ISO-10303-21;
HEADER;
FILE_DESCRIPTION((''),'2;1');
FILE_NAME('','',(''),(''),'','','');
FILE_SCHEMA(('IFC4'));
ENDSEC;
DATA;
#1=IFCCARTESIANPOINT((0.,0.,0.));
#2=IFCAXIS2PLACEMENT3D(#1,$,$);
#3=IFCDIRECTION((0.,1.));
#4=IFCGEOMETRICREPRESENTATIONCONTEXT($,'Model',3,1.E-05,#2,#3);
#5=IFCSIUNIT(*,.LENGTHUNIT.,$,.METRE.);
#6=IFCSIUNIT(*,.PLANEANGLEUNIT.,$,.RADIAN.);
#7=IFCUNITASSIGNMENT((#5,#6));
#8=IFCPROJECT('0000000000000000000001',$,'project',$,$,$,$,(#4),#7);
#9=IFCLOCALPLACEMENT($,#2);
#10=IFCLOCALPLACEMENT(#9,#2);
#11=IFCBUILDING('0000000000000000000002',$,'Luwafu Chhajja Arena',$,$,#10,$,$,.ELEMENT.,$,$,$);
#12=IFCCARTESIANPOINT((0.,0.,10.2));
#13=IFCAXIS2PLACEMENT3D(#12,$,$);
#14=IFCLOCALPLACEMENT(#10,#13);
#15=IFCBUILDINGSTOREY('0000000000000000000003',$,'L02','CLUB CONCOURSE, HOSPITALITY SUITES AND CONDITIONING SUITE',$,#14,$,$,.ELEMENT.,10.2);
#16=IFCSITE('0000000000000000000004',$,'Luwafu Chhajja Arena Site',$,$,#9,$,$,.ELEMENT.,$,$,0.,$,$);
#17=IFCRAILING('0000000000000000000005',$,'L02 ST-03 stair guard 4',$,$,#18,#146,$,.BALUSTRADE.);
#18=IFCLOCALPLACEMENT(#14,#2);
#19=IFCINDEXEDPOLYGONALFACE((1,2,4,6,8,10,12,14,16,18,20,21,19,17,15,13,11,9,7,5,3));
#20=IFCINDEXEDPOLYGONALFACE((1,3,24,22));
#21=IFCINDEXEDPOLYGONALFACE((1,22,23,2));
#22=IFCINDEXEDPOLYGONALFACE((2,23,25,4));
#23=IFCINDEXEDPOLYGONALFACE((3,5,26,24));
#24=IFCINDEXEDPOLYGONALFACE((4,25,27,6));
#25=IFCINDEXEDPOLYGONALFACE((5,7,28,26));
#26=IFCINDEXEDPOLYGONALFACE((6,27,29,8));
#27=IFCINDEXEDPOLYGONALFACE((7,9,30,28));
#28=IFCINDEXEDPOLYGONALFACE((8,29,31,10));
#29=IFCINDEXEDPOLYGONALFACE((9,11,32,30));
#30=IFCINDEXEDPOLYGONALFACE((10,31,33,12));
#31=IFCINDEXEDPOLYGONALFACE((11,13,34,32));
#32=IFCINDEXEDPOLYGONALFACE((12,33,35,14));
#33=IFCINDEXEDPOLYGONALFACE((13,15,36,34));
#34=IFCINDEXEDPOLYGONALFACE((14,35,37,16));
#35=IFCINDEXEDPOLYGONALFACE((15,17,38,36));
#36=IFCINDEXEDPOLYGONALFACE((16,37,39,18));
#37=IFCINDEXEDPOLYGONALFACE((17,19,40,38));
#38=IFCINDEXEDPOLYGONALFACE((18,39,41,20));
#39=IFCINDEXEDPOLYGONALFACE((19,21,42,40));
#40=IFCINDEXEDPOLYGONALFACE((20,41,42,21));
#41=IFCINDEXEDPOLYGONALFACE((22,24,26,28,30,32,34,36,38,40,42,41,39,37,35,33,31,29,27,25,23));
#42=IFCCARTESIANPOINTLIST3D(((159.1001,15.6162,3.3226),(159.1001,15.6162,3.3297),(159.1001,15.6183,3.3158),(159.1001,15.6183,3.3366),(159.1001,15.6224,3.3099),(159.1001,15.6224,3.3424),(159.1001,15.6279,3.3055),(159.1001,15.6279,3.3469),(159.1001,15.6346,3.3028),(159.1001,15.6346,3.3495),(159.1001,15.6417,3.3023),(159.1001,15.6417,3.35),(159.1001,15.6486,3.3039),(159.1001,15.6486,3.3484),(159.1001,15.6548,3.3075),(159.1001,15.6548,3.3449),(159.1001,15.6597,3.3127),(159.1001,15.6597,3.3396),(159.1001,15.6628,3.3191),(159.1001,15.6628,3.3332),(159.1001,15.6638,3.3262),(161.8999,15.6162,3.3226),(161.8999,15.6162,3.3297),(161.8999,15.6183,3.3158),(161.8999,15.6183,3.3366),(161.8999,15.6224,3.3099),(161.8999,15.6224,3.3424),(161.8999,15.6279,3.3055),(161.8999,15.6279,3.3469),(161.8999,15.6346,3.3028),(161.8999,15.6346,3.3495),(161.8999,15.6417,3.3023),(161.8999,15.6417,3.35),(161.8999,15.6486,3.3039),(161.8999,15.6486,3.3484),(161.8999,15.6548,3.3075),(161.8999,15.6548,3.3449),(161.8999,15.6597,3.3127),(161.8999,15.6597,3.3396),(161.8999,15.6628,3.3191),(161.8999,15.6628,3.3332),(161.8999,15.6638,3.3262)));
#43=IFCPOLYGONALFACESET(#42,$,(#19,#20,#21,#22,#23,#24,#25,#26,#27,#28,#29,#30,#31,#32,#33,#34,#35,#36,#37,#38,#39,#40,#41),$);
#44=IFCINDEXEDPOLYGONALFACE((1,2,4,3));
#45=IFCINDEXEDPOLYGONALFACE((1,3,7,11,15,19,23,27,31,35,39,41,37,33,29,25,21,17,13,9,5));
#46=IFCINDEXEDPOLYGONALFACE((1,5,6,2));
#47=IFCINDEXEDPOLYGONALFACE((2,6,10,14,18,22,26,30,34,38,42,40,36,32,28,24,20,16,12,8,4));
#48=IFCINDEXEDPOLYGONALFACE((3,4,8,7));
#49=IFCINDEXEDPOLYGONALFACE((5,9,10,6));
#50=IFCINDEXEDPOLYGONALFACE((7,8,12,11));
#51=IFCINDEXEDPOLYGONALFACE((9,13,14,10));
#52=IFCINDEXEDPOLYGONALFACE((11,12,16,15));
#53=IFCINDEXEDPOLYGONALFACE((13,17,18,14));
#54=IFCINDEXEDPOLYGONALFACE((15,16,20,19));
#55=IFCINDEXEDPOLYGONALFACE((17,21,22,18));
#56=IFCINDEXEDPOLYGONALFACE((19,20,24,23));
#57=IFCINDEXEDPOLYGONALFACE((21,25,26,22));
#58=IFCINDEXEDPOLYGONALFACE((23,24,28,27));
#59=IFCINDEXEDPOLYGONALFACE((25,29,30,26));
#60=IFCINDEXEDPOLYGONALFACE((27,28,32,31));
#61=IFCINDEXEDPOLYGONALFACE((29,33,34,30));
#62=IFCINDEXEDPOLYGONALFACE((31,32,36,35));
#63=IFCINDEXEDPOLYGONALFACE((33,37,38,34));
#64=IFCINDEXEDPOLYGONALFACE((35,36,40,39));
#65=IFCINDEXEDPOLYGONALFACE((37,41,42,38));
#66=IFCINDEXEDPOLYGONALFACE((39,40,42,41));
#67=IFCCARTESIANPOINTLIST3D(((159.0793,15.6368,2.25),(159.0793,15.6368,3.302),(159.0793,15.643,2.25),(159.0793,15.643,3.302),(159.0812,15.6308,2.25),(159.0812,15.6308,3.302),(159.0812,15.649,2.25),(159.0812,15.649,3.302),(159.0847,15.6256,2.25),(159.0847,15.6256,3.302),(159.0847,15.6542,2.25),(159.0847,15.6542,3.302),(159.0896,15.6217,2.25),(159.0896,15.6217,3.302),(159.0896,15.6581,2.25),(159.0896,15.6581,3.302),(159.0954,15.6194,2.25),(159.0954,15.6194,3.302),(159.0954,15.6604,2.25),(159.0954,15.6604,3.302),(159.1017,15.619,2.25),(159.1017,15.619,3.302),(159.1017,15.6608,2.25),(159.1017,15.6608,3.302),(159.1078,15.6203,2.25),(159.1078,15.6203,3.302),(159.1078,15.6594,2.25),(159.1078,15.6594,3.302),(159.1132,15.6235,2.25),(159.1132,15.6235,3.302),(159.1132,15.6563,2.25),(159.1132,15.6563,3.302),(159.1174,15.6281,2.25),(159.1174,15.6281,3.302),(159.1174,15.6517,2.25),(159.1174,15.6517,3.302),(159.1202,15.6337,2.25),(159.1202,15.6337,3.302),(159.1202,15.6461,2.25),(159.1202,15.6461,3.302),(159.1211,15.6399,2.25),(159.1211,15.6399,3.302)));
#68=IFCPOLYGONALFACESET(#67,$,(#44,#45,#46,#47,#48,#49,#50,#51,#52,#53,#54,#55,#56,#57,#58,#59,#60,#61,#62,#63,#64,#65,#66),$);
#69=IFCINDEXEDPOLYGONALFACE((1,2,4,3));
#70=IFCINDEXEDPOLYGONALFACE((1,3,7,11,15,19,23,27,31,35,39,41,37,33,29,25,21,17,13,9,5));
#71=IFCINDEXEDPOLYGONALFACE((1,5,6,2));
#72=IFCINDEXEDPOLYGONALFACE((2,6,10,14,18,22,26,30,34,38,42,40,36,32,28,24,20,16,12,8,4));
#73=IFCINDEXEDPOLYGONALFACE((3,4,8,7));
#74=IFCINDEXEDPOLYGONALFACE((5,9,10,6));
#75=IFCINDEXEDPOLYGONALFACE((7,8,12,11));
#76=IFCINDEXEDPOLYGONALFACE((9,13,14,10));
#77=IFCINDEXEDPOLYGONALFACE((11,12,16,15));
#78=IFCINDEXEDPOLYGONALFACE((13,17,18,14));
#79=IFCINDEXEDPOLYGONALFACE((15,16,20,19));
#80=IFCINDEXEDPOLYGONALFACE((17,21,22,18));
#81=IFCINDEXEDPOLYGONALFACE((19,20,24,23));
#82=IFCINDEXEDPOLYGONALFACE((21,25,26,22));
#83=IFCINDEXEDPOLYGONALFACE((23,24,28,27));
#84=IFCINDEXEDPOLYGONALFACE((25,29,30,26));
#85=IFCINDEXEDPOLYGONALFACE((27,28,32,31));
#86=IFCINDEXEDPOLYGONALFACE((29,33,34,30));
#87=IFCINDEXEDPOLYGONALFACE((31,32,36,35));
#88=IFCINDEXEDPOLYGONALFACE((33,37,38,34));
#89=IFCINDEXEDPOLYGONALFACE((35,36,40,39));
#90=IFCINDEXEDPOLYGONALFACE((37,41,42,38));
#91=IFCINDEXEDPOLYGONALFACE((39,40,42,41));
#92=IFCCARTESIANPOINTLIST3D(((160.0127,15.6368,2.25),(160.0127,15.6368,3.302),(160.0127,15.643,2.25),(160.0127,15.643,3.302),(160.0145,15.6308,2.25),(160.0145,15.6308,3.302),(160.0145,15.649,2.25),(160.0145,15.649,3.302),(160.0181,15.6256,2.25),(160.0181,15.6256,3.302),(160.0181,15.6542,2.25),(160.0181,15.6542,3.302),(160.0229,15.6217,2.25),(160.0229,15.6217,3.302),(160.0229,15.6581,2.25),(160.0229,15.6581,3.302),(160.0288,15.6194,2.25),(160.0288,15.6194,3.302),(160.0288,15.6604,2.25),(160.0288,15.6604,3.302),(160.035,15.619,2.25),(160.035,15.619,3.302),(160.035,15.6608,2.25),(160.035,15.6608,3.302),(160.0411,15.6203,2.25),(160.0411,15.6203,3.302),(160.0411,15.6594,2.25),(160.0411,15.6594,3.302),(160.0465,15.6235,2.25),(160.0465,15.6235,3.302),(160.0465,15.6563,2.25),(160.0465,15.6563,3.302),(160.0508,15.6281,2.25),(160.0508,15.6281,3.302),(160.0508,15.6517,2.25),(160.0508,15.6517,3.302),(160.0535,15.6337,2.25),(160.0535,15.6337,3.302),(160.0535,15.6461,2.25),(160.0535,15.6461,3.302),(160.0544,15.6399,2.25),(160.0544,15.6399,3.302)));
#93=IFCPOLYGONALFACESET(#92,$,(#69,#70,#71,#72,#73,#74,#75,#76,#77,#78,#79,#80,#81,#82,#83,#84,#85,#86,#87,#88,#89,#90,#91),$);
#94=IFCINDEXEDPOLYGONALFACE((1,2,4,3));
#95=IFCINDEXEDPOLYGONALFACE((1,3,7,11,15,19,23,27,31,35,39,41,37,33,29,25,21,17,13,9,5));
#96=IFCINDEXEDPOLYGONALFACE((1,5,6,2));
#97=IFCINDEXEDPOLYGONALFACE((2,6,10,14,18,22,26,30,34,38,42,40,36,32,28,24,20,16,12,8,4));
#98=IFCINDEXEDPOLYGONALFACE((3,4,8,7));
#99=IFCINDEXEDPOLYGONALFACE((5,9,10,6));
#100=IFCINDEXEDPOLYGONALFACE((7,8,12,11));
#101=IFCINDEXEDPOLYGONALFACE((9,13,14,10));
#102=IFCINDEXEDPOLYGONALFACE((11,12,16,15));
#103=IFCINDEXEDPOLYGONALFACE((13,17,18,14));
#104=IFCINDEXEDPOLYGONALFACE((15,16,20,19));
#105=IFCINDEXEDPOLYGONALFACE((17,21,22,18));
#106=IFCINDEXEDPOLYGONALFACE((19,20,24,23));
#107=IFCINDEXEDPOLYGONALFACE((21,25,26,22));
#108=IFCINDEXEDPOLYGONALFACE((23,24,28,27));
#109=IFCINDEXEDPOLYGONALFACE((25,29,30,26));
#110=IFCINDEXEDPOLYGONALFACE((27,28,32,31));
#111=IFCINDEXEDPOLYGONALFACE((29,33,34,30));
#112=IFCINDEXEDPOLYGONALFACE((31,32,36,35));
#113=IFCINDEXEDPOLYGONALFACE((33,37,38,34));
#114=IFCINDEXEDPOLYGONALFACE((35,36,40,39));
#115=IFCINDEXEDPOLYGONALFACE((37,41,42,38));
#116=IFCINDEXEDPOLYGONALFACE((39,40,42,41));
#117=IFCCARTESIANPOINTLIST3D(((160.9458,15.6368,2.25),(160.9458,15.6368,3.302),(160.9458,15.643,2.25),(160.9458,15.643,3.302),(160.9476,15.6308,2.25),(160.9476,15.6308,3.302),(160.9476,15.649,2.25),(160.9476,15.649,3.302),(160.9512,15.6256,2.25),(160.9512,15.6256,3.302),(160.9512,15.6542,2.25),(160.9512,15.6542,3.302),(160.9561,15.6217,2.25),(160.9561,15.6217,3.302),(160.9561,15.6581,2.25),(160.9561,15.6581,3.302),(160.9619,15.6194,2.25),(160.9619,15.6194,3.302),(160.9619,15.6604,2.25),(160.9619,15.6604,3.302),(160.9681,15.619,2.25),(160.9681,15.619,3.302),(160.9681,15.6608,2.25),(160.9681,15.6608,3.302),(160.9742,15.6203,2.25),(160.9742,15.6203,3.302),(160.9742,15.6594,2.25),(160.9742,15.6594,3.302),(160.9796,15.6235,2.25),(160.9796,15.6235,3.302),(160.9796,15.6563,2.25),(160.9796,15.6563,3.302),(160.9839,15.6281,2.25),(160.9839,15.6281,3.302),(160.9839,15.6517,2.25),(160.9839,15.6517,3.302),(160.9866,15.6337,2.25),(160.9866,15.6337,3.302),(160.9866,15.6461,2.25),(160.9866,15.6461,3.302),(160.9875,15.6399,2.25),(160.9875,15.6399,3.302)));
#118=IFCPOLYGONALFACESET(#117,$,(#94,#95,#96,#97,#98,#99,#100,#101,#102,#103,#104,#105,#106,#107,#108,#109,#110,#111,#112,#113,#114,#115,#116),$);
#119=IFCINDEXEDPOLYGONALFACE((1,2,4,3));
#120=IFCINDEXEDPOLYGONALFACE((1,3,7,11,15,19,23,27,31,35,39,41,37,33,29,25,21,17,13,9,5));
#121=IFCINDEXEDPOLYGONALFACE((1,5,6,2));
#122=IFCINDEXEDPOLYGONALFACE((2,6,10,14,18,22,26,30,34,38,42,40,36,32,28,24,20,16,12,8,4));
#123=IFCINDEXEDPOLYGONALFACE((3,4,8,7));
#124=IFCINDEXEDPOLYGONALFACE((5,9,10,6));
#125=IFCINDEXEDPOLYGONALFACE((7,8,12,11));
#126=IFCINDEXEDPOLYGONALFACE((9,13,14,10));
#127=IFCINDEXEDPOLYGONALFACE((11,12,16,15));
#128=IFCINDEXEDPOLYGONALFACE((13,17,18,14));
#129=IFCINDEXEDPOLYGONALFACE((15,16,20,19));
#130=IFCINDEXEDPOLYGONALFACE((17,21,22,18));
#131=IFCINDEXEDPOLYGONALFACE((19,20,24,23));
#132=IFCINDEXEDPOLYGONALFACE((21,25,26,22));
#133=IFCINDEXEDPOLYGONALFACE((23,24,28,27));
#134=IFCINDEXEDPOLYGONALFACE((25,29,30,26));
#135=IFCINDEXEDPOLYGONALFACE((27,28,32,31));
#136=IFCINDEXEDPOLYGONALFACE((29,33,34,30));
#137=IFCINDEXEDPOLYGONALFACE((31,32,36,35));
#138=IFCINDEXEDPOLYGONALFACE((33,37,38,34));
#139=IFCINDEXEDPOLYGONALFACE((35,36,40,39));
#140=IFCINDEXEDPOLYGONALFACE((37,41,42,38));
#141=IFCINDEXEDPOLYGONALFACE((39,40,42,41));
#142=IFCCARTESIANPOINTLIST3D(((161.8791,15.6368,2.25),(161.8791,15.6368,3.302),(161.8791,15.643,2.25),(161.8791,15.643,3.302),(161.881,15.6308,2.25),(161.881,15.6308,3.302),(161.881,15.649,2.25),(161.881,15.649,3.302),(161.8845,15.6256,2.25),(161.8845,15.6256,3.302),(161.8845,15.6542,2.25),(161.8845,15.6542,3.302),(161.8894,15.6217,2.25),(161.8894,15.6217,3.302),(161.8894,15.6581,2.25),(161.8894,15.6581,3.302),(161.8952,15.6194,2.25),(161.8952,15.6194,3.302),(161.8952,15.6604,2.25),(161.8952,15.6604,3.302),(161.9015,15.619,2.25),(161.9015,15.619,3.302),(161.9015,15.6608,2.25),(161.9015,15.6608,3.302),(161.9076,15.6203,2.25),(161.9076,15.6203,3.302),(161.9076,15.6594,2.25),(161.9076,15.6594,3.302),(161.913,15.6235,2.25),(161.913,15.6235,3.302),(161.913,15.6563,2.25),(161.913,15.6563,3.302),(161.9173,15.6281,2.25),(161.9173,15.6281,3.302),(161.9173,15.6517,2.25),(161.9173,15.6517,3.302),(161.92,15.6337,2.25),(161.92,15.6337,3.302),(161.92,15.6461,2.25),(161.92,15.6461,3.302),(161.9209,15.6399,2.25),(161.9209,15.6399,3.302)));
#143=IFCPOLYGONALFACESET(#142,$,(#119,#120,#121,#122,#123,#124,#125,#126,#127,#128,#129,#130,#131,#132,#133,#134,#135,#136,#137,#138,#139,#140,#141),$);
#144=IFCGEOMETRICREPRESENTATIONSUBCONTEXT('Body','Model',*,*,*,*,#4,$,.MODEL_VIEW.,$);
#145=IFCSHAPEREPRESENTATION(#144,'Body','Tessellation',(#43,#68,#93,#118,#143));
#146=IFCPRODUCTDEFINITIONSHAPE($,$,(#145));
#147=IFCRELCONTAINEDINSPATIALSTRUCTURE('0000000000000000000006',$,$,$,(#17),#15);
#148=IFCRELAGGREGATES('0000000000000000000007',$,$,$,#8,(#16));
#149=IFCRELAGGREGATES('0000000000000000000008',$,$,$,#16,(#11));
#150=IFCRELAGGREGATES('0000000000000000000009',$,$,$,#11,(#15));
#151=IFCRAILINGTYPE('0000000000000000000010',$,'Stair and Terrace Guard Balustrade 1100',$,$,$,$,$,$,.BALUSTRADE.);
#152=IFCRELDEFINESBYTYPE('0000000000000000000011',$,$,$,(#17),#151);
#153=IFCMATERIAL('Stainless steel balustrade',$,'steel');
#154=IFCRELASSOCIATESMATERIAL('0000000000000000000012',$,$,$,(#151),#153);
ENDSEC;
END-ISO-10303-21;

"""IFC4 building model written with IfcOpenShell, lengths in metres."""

from ifc_helpers import new_model, si_unit, direction, frame, origin, origin_2d, place, context, subcontext, project, spatial, circle, extrude, material, type_object, element, save


model = new_model("IFC4")

# Units and contexts
model_context = context("Model", 3, precision=1e-05, world=origin(), true_north=direction((0.0, 1.0)))
body_context = subcontext(model_context, "Body", "Model", "MODEL_VIEW")
ifc_project = project(units=[si_unit("LENGTHUNIT", "METRE"), si_unit("PLANEANGLEUNIT", "RADIAN")], contexts=[model_context])

# Site, building, storey
site_placement = place(None, origin())
site = spatial("IfcSite", under=ifc_project, at=site_placement, Name="Luwafu Chhajja Arena Site", CompositionType="ELEMENT", RefElevation=0.0)
building_placement = place(site_placement, origin())
building = spatial("IfcBuilding", under=site, at=building_placement, Name="Luwafu Chhajja Arena", CompositionType="ELEMENT")
storey_placement = place(building_placement, frame((0.0, 0.0, 10.2)))
storey = spatial("IfcBuildingStorey", under=building, at=storey_placement, Name="L02", Description="CLUB CONCOURSE, HOSPITALITY SUITES AND CONDITIONING SUITE", CompositionType="ELEMENT", Elevation=10.2)

# Railing
ifc_material_1 = material(Name="Stainless steel balustrade", Category="steel")
railing_type_1 = type_object("IfcRailingType", Name="Stair and Terrace Guard Balustrade 1100", PredefinedType="BALUSTRADE", material=ifc_material_1)
for number, where, name in (
    (1, (159.1001, 15.6399, 2.25), "L02 ST-03 stair guard 4"),
):
    element("IfcRailing", number, at=place(storey_placement, frame(where)), inside=storey, type_object=railing_type_1, Name=name, PredefinedType="BALUSTRADE", context=body_context, shape_type="SweptSolid", body=[
        extrude(circle(Radius=0.0239, at=origin_2d()), frame((0.0, 0.0, 1.0762), z_axis=(1.0, 0.0, 0.0), x_axis=(0.0, 1.0, 0.0)), (0.0, 0.0, 1.0), 2.7998),
        extrude(circle(Radius=0.021, at=origin_2d()), origin(), (0.0, 0.0, 1.0), 1.052),
        extrude(circle(Radius=0.021, at=origin_2d()), frame((0.9333, 0.0, 0.0)), (0.0, 0.0, 1.0), 1.052),
        extrude(circle(Radius=0.021, at=origin_2d()), frame((1.8665, 0.0, 0.0)), (0.0, 0.0, 1.0), 1.052),
        extrude(circle(Radius=0.021, at=origin_2d()), frame((2.7998, 0.0, 0.0)), (0.0, 0.0, 1.0), 1.052),
    ])

save(model, "model.ifc")
